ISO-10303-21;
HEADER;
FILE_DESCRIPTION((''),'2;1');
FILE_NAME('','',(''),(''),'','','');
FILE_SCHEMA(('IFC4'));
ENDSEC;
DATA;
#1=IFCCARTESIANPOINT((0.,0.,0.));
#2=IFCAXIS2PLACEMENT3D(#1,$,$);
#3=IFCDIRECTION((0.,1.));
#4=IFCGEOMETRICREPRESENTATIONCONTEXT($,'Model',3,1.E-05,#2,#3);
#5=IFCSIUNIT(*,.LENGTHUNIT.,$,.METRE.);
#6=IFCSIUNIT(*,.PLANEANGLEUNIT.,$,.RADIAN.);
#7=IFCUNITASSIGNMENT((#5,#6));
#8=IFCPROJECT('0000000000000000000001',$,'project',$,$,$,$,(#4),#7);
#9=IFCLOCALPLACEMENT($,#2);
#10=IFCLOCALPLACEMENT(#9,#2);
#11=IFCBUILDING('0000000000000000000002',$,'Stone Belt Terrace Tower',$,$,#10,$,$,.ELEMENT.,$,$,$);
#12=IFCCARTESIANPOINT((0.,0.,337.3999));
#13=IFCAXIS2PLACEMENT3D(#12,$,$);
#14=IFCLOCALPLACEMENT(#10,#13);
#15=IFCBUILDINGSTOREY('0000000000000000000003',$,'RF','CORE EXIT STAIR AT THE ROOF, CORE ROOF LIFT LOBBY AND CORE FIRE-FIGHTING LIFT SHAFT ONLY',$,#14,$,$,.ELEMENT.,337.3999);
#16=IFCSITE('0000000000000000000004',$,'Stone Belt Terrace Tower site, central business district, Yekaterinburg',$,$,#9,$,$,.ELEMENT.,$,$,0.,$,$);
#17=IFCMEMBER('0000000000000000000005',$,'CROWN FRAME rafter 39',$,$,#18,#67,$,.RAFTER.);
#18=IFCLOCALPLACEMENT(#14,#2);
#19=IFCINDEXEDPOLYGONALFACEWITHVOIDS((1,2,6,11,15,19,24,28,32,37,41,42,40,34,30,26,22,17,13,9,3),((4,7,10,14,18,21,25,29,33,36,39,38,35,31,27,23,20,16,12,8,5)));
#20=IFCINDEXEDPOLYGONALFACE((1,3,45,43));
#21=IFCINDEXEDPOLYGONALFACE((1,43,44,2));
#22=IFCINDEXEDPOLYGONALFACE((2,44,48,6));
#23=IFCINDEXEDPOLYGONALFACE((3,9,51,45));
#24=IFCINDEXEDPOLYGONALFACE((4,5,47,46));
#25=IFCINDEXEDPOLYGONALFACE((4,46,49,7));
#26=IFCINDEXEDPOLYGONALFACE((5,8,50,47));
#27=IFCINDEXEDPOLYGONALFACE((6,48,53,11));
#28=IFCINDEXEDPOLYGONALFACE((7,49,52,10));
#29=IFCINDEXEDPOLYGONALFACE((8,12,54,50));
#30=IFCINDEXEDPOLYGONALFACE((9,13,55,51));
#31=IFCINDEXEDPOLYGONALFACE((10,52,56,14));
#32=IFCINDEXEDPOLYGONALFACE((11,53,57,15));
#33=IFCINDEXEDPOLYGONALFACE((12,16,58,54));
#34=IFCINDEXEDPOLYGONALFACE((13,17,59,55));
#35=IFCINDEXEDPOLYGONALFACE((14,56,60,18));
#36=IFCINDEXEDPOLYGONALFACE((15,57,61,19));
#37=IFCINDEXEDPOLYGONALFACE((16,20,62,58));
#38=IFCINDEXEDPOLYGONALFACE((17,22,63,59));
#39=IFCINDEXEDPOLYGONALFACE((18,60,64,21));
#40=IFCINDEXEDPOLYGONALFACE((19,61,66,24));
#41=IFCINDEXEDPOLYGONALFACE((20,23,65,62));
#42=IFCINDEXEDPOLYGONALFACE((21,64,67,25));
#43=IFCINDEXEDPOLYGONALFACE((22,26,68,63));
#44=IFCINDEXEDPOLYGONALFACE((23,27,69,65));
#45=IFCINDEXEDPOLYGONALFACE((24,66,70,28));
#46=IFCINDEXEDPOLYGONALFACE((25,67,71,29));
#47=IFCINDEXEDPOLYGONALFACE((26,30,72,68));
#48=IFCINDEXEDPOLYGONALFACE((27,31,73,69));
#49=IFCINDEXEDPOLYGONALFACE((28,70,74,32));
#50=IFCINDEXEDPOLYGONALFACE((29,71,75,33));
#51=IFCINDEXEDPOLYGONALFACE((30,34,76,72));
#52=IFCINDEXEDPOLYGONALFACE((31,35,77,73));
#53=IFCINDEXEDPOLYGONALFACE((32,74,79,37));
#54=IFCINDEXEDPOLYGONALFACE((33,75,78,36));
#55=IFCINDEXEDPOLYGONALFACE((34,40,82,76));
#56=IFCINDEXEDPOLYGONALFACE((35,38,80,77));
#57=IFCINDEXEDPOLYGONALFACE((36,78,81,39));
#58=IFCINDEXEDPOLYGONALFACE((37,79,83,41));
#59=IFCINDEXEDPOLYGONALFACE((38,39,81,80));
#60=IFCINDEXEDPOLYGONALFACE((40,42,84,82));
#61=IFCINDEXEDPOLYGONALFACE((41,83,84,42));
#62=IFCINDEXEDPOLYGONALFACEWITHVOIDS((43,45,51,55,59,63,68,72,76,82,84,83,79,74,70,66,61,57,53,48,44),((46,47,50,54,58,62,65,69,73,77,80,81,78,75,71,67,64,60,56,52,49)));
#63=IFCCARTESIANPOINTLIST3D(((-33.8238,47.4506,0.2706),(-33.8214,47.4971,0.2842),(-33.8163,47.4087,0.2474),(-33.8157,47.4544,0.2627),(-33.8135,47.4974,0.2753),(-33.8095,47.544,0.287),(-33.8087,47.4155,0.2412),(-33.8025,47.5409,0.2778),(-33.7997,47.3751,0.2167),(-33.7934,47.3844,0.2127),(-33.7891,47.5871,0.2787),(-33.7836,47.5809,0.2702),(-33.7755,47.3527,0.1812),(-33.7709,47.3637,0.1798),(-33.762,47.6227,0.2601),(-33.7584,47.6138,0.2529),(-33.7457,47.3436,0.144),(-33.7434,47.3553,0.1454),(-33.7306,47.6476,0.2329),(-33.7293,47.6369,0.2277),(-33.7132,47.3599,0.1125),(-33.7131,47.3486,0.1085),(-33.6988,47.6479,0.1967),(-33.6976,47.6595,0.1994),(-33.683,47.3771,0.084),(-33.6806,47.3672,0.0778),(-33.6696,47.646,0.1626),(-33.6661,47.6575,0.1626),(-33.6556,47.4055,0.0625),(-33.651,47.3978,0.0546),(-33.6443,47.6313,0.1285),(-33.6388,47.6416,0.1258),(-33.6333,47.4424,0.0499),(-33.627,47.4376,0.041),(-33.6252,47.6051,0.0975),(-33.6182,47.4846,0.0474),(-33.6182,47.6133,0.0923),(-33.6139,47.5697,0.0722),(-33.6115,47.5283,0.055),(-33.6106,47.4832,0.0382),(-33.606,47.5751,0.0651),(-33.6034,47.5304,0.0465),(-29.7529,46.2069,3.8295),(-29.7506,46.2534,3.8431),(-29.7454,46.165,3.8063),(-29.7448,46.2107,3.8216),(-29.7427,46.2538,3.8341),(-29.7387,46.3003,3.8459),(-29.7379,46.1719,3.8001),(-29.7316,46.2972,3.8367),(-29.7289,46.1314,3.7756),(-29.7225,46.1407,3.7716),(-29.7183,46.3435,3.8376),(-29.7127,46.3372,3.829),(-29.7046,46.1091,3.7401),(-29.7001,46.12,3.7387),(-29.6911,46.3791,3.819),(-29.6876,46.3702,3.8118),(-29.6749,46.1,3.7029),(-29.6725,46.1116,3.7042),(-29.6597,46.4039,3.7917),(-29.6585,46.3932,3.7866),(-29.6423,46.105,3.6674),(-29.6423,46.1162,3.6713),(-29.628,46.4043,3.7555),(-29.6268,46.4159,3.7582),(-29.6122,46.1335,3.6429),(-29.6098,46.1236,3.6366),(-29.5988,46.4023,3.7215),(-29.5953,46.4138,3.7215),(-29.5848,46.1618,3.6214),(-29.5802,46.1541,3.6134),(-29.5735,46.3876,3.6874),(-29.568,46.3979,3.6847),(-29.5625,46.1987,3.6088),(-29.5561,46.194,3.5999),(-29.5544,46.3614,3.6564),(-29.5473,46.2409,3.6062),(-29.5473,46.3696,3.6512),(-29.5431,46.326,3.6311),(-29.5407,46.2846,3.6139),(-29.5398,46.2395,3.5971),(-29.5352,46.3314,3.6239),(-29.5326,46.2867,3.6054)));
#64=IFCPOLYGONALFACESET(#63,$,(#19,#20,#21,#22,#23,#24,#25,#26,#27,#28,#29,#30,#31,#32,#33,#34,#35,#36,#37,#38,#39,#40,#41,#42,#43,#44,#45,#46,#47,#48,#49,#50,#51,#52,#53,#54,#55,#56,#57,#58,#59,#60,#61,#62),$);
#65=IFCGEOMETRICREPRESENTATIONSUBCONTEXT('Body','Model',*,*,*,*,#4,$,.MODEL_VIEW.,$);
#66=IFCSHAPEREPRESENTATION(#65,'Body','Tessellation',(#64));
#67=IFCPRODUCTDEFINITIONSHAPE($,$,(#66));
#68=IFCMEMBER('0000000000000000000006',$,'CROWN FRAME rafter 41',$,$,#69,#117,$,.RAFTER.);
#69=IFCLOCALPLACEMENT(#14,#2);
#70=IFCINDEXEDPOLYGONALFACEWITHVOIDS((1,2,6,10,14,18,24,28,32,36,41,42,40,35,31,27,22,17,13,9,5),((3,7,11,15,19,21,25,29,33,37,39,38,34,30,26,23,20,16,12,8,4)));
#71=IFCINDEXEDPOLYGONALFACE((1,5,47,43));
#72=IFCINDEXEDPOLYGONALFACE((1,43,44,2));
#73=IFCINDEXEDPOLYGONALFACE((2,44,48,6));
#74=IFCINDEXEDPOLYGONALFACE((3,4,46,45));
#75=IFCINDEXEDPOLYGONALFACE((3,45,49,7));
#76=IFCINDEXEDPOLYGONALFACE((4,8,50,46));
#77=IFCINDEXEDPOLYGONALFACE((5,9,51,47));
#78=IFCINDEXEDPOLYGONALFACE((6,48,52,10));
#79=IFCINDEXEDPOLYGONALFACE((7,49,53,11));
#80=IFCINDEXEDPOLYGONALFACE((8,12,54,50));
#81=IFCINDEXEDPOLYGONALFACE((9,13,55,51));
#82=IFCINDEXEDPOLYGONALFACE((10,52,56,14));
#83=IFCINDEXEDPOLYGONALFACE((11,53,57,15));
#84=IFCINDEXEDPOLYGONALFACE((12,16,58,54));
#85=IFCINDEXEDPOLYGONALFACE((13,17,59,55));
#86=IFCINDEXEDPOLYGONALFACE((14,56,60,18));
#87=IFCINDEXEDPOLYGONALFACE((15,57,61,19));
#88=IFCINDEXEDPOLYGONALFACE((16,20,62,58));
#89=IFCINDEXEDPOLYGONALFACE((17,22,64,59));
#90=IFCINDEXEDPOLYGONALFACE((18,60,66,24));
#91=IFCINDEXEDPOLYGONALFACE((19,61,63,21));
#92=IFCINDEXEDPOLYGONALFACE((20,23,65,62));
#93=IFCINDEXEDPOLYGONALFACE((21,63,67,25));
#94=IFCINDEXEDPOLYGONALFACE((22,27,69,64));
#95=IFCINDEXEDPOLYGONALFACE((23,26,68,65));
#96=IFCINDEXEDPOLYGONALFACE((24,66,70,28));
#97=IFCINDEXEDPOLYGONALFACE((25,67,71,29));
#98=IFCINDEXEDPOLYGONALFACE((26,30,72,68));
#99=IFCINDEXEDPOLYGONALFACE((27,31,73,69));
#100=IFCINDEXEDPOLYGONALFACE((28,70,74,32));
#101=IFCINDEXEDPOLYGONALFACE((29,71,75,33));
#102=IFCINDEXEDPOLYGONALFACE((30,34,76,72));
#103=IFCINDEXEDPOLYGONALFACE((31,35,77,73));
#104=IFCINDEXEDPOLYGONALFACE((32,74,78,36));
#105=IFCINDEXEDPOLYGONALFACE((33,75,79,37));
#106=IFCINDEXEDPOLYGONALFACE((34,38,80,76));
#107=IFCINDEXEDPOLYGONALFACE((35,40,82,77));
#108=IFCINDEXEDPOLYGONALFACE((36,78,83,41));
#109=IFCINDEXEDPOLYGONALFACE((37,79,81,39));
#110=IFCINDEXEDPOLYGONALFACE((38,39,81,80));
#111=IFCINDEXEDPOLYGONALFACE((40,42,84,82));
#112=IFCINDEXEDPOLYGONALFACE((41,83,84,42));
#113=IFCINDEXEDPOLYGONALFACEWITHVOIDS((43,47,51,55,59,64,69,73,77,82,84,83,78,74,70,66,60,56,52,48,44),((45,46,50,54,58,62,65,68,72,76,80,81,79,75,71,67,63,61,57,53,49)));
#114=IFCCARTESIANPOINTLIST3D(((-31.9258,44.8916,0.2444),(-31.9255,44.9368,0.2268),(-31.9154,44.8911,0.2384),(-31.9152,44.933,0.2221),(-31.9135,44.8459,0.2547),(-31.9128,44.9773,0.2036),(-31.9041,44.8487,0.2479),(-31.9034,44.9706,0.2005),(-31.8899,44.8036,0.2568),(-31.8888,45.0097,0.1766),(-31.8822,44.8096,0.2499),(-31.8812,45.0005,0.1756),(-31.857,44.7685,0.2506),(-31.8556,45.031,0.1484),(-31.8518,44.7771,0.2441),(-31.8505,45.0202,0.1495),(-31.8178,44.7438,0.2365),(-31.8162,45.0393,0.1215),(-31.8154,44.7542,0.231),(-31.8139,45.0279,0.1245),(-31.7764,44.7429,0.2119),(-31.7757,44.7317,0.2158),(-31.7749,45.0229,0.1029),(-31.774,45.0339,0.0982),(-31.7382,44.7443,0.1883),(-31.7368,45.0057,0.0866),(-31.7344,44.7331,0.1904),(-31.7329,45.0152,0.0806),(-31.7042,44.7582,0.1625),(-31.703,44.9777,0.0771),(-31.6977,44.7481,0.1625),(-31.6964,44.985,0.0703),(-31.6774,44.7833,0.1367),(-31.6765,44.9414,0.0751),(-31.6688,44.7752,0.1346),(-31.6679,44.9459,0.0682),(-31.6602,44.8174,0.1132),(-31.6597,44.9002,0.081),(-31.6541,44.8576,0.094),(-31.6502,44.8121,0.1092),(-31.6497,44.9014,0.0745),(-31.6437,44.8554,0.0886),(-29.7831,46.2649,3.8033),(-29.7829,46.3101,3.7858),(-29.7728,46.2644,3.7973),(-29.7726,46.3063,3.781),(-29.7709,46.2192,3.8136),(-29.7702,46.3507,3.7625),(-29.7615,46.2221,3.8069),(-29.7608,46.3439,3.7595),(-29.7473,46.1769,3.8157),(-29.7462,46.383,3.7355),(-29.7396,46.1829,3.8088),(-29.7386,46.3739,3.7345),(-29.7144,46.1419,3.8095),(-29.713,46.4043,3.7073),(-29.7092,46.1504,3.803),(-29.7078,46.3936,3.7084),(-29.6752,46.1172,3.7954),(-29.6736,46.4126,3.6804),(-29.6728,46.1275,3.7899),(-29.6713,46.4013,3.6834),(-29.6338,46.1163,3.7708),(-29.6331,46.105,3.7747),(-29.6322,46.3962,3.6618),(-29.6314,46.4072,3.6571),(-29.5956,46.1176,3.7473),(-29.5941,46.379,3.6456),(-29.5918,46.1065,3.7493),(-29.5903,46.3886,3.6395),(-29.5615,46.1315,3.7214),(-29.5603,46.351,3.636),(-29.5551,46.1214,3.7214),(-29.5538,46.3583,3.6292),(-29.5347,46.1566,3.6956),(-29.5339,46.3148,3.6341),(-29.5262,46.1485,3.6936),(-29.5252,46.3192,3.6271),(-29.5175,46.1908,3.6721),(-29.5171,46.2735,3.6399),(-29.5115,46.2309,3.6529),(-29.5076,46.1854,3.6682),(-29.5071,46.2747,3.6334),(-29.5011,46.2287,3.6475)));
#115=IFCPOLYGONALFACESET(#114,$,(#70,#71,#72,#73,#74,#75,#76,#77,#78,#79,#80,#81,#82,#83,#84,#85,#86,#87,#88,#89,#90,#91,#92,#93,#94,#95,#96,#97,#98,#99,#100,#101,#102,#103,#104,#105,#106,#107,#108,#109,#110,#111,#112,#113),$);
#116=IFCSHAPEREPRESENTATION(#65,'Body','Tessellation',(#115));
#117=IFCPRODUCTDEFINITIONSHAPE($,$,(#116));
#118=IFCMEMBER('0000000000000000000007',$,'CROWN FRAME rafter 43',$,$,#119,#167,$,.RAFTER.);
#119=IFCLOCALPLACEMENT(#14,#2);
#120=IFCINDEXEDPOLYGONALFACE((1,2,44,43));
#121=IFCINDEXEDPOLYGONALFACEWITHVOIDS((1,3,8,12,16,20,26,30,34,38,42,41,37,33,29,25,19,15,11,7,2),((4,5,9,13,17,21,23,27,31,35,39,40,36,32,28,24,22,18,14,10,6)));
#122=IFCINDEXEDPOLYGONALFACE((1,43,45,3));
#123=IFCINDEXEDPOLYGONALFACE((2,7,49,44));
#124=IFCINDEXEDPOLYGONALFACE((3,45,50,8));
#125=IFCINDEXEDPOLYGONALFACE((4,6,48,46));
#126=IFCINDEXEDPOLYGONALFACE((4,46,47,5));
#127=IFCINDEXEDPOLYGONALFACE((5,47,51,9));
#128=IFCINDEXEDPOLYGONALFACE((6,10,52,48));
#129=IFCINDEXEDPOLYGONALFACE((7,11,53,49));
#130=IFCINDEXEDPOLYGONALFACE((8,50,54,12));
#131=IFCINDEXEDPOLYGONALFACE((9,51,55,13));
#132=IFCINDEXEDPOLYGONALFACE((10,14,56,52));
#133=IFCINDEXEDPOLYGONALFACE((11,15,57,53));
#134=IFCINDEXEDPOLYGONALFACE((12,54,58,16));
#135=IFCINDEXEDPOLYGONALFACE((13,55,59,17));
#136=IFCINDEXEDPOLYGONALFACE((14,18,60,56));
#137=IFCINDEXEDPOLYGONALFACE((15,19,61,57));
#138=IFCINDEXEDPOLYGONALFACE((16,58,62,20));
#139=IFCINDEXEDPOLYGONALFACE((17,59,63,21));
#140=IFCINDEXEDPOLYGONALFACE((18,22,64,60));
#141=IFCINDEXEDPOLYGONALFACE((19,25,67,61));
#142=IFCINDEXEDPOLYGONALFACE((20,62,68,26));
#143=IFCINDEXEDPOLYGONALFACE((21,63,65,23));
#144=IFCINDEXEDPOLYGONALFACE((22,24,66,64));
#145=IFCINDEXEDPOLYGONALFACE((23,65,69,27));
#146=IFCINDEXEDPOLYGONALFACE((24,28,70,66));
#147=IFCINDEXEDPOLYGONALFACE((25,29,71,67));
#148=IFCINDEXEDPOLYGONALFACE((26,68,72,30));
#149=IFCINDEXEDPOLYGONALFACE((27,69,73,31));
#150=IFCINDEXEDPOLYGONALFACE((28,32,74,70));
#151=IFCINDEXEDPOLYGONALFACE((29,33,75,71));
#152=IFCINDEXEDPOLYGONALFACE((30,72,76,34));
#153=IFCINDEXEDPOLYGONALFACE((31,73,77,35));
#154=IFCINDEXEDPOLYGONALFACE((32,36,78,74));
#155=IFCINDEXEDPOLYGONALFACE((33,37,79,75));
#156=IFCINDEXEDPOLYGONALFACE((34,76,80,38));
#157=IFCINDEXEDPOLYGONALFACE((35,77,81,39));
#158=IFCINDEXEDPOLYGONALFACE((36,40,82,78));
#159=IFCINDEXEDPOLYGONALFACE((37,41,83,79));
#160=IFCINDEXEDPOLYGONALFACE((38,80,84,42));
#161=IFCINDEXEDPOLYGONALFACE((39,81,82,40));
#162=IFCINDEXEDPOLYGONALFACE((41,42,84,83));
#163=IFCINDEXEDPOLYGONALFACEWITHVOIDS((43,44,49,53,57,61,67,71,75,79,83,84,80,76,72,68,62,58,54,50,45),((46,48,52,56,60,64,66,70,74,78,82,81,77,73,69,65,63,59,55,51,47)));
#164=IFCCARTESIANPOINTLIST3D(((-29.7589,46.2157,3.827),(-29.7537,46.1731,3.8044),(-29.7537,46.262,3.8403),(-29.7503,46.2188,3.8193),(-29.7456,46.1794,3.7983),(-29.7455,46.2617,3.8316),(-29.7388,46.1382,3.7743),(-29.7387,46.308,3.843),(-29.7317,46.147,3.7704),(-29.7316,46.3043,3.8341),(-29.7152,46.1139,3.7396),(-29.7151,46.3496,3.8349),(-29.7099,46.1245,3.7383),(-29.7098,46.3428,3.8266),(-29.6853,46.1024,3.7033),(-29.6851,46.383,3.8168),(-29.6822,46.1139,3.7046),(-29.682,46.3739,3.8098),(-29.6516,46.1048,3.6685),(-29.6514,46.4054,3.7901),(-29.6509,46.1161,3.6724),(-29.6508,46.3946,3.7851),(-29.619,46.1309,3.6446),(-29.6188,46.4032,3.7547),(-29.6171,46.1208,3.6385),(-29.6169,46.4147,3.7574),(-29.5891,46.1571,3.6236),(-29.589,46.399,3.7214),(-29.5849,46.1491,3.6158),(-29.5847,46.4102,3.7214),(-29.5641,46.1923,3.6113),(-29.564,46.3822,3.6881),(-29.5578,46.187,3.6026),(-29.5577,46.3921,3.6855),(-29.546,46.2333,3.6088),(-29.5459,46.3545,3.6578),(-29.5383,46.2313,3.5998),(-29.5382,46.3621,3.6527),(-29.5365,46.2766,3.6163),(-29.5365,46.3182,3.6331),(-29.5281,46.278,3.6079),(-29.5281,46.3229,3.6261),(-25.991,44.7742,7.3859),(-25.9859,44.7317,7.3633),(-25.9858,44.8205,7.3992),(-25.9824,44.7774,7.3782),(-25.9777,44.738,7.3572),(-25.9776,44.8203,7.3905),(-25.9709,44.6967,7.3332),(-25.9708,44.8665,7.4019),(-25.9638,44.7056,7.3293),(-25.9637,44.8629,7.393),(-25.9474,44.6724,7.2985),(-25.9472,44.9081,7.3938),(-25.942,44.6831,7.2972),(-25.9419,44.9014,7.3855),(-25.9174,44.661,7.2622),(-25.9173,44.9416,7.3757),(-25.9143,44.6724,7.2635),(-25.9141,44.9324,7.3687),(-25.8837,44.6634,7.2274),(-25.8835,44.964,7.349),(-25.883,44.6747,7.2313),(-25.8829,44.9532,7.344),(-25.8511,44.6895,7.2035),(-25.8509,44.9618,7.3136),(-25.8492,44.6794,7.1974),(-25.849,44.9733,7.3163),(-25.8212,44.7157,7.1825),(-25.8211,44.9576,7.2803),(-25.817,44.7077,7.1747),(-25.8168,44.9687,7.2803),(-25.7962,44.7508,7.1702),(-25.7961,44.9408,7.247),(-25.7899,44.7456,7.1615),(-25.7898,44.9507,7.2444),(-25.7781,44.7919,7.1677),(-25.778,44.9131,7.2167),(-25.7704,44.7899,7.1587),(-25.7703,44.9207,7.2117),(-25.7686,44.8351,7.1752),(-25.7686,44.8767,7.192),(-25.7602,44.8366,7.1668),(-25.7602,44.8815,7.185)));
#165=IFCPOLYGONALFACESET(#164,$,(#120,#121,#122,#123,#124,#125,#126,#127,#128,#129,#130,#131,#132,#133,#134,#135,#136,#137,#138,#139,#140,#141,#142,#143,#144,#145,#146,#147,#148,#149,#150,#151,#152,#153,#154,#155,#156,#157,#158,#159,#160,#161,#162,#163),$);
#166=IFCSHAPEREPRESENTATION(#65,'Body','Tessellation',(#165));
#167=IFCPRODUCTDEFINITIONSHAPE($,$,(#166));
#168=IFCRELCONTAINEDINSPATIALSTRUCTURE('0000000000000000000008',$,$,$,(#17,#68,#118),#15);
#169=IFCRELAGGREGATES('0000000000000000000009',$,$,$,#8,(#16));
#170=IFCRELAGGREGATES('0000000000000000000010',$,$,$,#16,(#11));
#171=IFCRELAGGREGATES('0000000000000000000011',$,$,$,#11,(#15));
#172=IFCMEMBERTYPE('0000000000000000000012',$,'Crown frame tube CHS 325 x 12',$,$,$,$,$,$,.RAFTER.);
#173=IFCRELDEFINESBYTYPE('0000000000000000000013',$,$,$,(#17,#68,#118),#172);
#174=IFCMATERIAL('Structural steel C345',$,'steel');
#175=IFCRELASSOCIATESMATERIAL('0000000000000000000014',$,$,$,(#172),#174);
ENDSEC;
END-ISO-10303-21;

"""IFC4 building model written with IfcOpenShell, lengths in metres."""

from ifc_helpers import new_model, si_unit, direction, frame, origin, origin_2d, place, context, subcontext, project, spatial, hollow_circle, extrude, material, material_profile, profile_set, type_object, element, save


model = new_model("IFC4")

# Units and contexts
model_context = context("Model", 3, precision=1e-05, world=origin(), true_north=direction((0.0, 1.0)))
body_context = subcontext(model_context, "Body", "Model", "MODEL_VIEW")
ifc_project = project(units=[si_unit("LENGTHUNIT", "METRE"), si_unit("PLANEANGLEUNIT", "RADIAN")], contexts=[model_context])

# Site, building, storey
site_placement = place(None, origin())
site = spatial("IfcSite", under=ifc_project, at=site_placement, Name="Stone Belt Terrace Tower site, central business district, Yekaterinburg", CompositionType="ELEMENT", RefElevation=0.0)
building_placement = place(site_placement, origin())
building = spatial("IfcBuilding", under=site, at=building_placement, Name="Stone Belt Terrace Tower", CompositionType="ELEMENT")
storey_placement = place(building_placement, frame((0.0, 0.0, 337.3999)))
storey = spatial("IfcBuildingStorey", under=building, at=storey_placement, Name="RF", Description="CORE EXIT STAIR AT THE ROOF, CORE ROOF LIFT LOBBY AND CORE FIRE-FIGHTING LIFT SHAFT ONLY", CompositionType="ELEMENT", Elevation=337.3999)

# Members
ifc_material_1 = material(Name="Structural steel C345", Category="steel")
ifc_material_profile_1 = material_profile(ifc_material_1, hollow_circle(Radius=0.1626, WallThickness=0.012, at=origin_2d()), Name="Structural steel C345 CHS 325x12")
ifc_profile_set_1 = profile_set([ifc_material_profile_1], Name="Structural steel C345")
member_type_1 = type_object("IfcMemberType", Name="Crown frame tube CHS 325 x 12", PredefinedType="RAFTER", material=ifc_profile_set_1)
member_1_placement = place(storey_placement, frame((-33.7136, 47.502, 0.1626), z_axis=(0.733705, -0.224151, 0.641431), x_axis=(0.292175, 0.956365, 0.0)))
element("IfcMember", 1, at=member_1_placement, inside=storey, type_object=member_type_1, Name="CROWN FRAME rafter 39", PredefinedType="RAFTER", context=body_context, shape_type="SweptSolid", body=[
    extrude(hollow_circle(Radius=0.1626, WallThickness=0.012, at=origin_2d()), origin(), (0.0, 0.0, 1.0), 5.5483),
])
member_2_placement = place(storey_placement, frame((-29.6428, 46.2583, 3.7214), z_axis=(-0.489716, -0.313885, -0.813422), x_axis=(0.539623, -0.841907, 0.0)))
element("IfcMember", 2, at=member_2_placement, inside=storey, type_object=member_type_1, Name="CROWN FRAME rafter 41", PredefinedType="RAFTER", context=body_context, shape_type="SweptSolid", body=[
    extrude(hollow_circle(Radius=0.1626, WallThickness=0.012, at=origin_2d()), origin(), (0.0, 0.0, 1.0), 4.3752),
])
member_3_placement = place(storey_placement, frame((-29.6428, 46.2583, 3.7214), z_axis=(0.700398, -0.267942, 0.66155), x_axis=(0.357304, 0.933988, 0.0)))
element("IfcMember", 3, at=member_3_placement, inside=storey, type_object=member_type_1, Name="CROWN FRAME rafter 43", PredefinedType="RAFTER", context=body_context, shape_type="SweptSolid", body=[
    extrude(hollow_circle(Radius=0.1626, WallThickness=0.012, at=origin_2d()), origin(), (0.0, 0.0, 1.0), 5.3796),
])

save(model, "model.ifc")
